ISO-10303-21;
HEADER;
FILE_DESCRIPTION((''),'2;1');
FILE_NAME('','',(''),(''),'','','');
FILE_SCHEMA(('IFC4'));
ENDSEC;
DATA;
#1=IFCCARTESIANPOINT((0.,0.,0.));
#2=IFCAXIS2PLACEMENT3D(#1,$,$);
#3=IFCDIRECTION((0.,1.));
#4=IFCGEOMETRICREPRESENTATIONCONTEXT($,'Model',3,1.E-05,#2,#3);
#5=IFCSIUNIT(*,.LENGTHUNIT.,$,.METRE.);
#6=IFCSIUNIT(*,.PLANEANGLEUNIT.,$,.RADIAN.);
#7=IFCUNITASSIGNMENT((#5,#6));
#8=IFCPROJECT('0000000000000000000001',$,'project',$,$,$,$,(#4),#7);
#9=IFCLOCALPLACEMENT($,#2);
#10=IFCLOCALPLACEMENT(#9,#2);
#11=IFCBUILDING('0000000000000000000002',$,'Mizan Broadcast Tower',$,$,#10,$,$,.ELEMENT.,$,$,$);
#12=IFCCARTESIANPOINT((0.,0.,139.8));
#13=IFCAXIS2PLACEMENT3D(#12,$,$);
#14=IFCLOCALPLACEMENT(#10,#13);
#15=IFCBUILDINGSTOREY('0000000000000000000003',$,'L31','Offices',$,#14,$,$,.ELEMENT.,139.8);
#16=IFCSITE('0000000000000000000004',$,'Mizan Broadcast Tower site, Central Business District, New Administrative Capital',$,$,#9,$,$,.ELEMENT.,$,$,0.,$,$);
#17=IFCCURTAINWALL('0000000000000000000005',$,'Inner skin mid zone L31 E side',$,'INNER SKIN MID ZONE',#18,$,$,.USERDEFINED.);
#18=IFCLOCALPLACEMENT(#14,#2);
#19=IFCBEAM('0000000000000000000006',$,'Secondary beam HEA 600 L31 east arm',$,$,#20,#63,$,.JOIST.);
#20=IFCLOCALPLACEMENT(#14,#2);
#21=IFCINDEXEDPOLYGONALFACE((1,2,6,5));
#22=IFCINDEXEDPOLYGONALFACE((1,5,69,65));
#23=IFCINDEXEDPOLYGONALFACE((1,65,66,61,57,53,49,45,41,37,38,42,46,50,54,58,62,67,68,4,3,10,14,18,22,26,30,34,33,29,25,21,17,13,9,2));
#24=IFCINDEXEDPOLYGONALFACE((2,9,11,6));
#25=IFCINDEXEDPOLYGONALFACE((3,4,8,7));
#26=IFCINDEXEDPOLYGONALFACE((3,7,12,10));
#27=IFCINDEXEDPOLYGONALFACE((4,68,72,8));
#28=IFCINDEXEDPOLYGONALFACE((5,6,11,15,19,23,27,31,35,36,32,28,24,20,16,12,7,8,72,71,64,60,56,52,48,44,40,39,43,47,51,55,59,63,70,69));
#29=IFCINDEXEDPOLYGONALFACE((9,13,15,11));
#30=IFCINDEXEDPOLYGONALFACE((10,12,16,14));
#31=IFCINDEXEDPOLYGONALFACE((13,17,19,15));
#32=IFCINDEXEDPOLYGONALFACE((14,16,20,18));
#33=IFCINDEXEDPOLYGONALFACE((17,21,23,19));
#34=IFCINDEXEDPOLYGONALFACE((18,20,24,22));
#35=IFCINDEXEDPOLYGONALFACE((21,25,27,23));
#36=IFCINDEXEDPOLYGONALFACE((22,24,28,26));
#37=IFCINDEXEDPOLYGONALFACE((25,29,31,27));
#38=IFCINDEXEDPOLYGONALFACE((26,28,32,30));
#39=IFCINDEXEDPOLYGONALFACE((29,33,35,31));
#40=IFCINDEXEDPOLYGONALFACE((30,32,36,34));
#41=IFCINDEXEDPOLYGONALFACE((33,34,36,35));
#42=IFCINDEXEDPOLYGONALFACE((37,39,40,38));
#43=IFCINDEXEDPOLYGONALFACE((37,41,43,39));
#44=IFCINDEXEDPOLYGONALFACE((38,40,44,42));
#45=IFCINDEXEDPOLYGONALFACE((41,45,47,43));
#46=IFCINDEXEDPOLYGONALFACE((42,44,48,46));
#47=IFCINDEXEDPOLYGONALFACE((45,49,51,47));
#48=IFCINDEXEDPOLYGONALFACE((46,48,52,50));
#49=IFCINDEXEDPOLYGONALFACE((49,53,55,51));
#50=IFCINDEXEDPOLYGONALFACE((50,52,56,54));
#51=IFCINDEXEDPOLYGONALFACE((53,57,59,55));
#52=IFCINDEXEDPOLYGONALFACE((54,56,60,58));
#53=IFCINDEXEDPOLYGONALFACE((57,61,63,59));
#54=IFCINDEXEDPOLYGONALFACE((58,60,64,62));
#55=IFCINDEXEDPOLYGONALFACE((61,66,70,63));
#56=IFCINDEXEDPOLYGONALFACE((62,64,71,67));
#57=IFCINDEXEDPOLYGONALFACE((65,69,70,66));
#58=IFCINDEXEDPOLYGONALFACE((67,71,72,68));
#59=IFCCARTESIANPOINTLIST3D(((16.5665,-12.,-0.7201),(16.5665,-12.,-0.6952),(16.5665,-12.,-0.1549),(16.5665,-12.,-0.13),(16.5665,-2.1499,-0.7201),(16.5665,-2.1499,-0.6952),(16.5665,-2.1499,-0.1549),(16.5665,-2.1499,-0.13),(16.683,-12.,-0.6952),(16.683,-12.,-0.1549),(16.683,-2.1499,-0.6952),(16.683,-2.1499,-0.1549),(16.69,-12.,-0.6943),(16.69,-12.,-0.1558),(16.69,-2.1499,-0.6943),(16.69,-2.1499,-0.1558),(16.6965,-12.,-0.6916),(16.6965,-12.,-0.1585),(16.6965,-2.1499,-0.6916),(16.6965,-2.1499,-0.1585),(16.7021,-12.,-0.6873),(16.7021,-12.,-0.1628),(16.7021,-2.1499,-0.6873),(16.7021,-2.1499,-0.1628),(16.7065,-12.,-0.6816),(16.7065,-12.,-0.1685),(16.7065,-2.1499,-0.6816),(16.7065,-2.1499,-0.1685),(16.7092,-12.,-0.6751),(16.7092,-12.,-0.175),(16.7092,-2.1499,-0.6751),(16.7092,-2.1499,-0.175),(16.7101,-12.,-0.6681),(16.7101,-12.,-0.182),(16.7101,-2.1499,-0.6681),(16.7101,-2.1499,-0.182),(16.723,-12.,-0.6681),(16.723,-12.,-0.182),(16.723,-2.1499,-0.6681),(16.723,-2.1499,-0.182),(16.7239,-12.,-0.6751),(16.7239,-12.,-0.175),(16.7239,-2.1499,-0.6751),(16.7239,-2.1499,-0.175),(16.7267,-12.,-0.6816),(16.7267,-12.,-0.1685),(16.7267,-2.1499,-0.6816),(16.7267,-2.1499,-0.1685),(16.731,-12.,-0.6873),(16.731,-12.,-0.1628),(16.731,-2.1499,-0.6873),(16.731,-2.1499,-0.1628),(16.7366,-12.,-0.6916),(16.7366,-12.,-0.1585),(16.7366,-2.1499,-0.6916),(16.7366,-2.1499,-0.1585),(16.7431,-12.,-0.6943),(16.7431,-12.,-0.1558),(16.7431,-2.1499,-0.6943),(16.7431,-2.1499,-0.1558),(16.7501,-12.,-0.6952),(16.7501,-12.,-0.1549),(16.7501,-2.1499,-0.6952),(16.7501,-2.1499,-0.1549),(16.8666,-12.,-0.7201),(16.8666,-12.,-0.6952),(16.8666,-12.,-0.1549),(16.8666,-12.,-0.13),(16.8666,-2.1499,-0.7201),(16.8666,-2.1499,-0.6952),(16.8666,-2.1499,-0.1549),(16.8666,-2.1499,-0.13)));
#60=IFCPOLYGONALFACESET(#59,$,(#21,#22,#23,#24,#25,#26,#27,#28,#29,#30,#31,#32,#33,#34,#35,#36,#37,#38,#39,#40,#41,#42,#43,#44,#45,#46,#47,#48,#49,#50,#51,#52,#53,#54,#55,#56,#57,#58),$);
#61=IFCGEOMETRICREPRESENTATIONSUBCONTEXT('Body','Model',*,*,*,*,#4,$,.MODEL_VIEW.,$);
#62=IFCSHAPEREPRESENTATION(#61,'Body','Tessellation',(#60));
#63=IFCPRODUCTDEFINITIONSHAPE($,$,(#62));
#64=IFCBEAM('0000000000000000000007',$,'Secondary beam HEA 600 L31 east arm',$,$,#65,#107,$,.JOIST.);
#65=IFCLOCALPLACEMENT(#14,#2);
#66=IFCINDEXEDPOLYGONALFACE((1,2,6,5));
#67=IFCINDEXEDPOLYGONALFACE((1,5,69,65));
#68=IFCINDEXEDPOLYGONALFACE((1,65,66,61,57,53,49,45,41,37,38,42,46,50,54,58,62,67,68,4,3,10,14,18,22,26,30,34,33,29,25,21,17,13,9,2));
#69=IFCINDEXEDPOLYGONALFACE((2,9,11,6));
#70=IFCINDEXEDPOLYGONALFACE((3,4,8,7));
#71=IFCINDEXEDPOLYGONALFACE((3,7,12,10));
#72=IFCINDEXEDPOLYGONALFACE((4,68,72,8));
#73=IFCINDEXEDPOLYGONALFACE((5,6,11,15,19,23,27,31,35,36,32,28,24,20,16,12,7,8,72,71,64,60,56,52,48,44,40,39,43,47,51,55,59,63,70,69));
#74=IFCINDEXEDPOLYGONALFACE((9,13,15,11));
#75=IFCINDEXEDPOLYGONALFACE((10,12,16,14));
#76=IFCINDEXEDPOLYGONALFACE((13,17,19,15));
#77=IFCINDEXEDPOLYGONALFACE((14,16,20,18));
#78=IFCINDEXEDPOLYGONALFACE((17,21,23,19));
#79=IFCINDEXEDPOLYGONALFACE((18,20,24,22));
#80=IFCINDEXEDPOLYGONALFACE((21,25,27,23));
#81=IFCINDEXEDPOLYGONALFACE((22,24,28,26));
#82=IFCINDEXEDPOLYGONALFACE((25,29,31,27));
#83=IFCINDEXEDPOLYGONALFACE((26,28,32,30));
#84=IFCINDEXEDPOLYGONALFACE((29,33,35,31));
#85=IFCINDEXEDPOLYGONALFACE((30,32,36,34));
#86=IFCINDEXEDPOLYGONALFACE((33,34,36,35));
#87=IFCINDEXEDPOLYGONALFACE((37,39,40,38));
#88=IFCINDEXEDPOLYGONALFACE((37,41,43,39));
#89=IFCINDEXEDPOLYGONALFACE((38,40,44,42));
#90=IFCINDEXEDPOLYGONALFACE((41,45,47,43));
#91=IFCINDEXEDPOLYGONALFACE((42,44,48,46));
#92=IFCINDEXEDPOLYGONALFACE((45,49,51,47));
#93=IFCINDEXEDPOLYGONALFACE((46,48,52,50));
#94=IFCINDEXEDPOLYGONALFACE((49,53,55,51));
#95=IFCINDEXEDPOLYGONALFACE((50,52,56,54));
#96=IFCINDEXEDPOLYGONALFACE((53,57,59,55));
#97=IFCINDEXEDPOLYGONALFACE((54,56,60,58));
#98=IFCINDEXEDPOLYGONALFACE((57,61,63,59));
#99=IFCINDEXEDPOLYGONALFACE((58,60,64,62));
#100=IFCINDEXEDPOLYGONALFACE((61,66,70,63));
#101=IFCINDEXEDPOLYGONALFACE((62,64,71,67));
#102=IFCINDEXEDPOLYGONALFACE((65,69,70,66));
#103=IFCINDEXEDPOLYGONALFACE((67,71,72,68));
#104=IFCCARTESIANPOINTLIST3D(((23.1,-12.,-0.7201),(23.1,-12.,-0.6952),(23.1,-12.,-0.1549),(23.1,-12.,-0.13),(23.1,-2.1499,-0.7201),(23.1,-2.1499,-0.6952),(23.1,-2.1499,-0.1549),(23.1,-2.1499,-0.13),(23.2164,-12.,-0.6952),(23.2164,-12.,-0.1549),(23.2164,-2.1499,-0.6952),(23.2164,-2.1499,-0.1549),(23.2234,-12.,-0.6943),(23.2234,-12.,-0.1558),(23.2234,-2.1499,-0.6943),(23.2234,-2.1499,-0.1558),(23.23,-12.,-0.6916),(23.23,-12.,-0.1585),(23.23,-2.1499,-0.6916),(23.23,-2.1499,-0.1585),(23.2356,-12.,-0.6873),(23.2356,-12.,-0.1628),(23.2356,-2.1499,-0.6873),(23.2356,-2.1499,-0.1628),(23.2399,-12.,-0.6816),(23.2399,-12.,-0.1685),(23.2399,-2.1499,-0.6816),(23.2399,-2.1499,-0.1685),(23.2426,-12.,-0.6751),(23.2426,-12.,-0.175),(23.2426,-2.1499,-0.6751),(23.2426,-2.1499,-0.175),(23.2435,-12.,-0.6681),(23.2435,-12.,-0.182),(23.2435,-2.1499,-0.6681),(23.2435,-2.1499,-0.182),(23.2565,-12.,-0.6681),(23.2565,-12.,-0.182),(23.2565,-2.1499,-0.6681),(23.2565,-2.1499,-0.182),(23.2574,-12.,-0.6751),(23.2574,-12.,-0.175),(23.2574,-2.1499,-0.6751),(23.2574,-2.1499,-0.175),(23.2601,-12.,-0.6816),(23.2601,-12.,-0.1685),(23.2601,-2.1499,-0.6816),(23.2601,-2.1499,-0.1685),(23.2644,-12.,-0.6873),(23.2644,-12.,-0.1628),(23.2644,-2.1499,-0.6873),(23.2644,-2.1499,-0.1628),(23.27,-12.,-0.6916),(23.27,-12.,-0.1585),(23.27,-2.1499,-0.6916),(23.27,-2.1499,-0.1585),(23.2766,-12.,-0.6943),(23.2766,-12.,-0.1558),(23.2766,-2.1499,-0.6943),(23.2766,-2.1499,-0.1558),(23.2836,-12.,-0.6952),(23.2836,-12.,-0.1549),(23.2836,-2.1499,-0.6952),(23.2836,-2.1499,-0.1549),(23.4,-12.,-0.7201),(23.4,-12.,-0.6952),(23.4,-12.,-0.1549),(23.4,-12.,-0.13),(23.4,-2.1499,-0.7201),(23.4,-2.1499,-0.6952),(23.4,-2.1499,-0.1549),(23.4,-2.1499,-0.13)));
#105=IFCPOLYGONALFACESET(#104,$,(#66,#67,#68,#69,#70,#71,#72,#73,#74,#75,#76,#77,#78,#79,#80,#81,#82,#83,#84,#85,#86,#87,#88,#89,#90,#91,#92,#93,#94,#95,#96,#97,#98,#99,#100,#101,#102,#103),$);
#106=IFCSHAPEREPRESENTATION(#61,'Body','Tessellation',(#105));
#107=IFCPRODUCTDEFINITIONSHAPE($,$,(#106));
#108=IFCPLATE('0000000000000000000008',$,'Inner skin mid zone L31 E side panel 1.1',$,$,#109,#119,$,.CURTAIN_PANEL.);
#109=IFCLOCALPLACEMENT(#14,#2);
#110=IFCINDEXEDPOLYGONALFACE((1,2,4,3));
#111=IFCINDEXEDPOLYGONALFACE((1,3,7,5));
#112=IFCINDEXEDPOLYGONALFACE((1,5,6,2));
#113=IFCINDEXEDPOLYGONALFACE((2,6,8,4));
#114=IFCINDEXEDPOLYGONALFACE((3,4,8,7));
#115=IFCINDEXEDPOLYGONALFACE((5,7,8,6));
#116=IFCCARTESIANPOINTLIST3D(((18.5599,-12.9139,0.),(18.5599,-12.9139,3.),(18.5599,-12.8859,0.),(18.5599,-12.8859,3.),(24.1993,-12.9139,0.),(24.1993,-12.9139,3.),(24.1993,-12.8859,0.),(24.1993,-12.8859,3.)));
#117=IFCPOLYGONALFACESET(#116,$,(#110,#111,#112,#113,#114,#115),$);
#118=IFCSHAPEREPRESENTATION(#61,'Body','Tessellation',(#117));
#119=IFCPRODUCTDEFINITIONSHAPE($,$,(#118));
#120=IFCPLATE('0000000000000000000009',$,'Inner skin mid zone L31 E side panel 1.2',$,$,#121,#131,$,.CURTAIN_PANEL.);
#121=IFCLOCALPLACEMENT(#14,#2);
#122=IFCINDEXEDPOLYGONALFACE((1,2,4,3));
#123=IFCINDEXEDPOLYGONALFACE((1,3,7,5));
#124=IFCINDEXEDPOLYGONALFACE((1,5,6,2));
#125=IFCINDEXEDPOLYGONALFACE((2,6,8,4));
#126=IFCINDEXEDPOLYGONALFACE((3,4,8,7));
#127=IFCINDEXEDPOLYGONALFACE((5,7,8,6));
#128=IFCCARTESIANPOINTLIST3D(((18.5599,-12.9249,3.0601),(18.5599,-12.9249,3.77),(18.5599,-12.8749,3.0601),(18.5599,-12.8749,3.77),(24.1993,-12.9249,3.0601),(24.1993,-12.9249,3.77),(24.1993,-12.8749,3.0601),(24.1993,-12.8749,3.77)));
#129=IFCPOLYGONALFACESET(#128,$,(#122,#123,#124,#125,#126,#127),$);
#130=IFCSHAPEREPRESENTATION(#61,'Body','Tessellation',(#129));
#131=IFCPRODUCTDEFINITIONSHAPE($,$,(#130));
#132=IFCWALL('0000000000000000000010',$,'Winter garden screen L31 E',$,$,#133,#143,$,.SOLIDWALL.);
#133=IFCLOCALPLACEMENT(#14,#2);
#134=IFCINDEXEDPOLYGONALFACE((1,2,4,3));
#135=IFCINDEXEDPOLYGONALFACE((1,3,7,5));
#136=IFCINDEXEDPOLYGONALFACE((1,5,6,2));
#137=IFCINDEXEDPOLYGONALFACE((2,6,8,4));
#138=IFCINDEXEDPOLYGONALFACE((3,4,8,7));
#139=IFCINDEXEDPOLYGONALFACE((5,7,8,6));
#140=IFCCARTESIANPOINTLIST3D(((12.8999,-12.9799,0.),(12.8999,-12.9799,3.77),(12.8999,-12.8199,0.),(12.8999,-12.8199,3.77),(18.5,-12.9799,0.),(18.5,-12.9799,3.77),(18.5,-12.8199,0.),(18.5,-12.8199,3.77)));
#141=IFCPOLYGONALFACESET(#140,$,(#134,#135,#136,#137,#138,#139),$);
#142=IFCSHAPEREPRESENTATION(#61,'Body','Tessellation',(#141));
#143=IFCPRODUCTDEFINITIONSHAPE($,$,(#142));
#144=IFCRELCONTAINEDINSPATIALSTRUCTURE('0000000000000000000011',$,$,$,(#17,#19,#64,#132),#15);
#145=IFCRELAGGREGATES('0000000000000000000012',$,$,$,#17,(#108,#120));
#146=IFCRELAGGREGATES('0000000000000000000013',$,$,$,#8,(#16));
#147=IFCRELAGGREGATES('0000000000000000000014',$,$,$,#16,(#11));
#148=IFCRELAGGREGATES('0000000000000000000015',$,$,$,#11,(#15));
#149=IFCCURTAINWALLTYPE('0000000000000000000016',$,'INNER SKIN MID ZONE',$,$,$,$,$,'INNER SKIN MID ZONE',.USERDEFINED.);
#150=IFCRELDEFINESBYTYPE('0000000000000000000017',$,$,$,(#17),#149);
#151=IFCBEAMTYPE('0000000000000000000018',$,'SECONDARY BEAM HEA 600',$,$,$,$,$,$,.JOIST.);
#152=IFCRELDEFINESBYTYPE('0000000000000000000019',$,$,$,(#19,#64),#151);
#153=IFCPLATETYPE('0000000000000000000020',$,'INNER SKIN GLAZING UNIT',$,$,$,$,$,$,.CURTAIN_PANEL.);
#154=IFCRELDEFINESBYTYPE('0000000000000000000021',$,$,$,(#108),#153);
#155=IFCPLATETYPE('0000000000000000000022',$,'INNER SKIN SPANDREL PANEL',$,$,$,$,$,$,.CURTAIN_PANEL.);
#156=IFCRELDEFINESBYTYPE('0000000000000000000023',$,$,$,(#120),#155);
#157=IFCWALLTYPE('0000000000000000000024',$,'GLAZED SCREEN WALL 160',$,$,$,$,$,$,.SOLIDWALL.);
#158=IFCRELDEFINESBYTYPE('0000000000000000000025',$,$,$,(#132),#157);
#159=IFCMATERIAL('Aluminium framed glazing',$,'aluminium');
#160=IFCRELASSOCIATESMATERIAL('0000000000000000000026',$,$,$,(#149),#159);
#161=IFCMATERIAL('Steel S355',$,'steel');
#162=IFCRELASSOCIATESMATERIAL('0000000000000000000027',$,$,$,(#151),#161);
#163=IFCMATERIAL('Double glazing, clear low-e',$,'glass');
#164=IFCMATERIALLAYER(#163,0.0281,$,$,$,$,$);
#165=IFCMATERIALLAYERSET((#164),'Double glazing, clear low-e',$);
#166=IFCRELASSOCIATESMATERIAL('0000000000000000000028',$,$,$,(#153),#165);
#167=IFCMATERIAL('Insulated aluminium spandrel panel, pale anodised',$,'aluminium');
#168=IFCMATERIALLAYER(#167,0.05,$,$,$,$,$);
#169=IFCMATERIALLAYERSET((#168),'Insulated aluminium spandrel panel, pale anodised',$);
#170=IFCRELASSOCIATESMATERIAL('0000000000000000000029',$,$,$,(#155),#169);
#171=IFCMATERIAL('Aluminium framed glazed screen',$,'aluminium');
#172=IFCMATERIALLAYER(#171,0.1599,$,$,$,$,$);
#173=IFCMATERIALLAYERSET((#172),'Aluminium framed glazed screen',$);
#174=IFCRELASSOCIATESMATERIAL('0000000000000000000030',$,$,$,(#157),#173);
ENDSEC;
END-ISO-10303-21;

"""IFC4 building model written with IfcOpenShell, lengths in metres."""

from ifc_helpers import new_model, si_unit, direction, frame, frame_2d, origin, origin_2d, place, context, subcontext, project, spatial, rectangle, i_section, extrude, material, layer, layer_set, material_profile, profile_set, type_object, element, aggregate, save


model = new_model("IFC4")

# Units and contexts
model_context = context("Model", 3, precision=1e-05, world=origin(), true_north=direction((0.0, 1.0)))
body_context = subcontext(model_context, "Body", "Model", "MODEL_VIEW")
ifc_project = project(units=[si_unit("LENGTHUNIT", "METRE"), si_unit("PLANEANGLEUNIT", "RADIAN")], contexts=[model_context])

# Site, building, storey
site_placement = place(None, origin())
site = spatial("IfcSite", under=ifc_project, at=site_placement, Name="Mizan Broadcast Tower site, Central Business District, New Administrative Capital", CompositionType="ELEMENT", RefElevation=0.0)
building_placement = place(site_placement, origin())
building = spatial("IfcBuilding", under=site, at=building_placement, Name="Mizan Broadcast Tower", CompositionType="ELEMENT")
storey_placement = place(building_placement, frame((0.0, 0.0, 139.8)))
storey = spatial("IfcBuildingStorey", under=building, at=storey_placement, Name="L31", Description="Offices", CompositionType="ELEMENT", Elevation=139.8)

# Curtain wall
ifc_material_1 = material(Name="Aluminium framed glazing", Category="aluminium")
curtain_wall_type = type_object("IfcCurtainWallType", Name="INNER SKIN MID ZONE", ElementType="INNER SKIN MID ZONE", PredefinedType="USERDEFINED", material=ifc_material_1)
curtain_wall_placement = place(storey_placement, origin())
curtain_wall = element("IfcCurtainWall", 1, at=curtain_wall_placement, inside=storey, type_object=curtain_wall_type, Name="Inner skin mid zone L31 E side", ObjectType="INNER SKIN MID ZONE", PredefinedType="USERDEFINED")

# Beams
ifc_material_2 = material(Name="Steel S355", Category="steel")
ifc_material_profile_1 = material_profile(ifc_material_2, i_section(OverallWidth=0.3, OverallDepth=0.5901, WebThickness=0.0129, FlangeThickness=0.0249, FilletRadius=0.0271, at=origin_2d()), Name="HEA 600")
ifc_profile_set_1 = profile_set([ifc_material_profile_1], Name="Steel S355")
beam_type_1 = type_object("IfcBeamType", Name="SECONDARY BEAM HEA 600", PredefinedType="JOIST", material=ifc_profile_set_1)
for number, where, z_axis, x_axis, name in (
    (2, (16.7166, -12.0, -0.425), (0.0, 1.0, 0.0), (-1.0, 0.0, 0.0), "Secondary beam HEA 600 L31 east arm"),
    (3, (23.25, -12.0, -0.425), (0.0, 1.0, 0.0), (-1.0, 0.0, 0.0), "Secondary beam HEA 600 L31 east arm"),
):
    element("IfcBeam", number, at=place(storey_placement, frame(where, z_axis=z_axis, x_axis=x_axis)), inside=storey, type_object=beam_type_1, Name=name, PredefinedType="JOIST", context=body_context, shape_type="SweptSolid", body=[
        extrude(i_section(OverallWidth=0.3, OverallDepth=0.5901, WebThickness=0.0129, FlangeThickness=0.0249, FilletRadius=0.0271, at=origin_2d()), origin(), (0.0, 0.0, 1.0), 9.8501),
    ])

# Plates
ifc_material_3 = material(Name="Double glazing, clear low-e", Category="glass")
ifc_layer_1 = layer(ifc_material_3, 0.0281)
ifc_layer_set_1 = layer_set([ifc_layer_1], Name="Double glazing, clear low-e")
plate_type_1 = type_object("IfcPlateType", Name="INNER SKIN GLAZING UNIT", PredefinedType="CURTAIN_PANEL", material=ifc_layer_set_1)
plate_1_placement = place(storey_placement, frame((21.3796, -12.8999, 0.0), z_axis=(0.0, 0.0, 1.0), x_axis=(1.0, 0.0, 0.0)))
plate_1 = element("IfcPlate", 4, at=plate_1_placement, type_object=plate_type_1, Name="Inner skin mid zone L31 E side panel 1.1", PredefinedType="CURTAIN_PANEL", context=body_context, shape_type="SweptSolid", body=[
    extrude(rectangle(XDim=5.6394, YDim=0.0281, at=origin_2d()), origin(), (0.0, 0.0, 1.0), 3.0),
])
ifc_material_4 = material(Name="Insulated aluminium spandrel panel, pale anodised", Category="aluminium")
ifc_layer_2 = layer(ifc_material_4, 0.05)
ifc_layer_set_2 = layer_set([ifc_layer_2], Name="Insulated aluminium spandrel panel, pale anodised")
plate_type_2 = type_object("IfcPlateType", Name="INNER SKIN SPANDREL PANEL", PredefinedType="CURTAIN_PANEL", material=ifc_layer_set_2)
plate_2_placement = place(storey_placement, frame((21.3796, -12.8999, 3.0601), z_axis=(0.0, 0.0, 1.0), x_axis=(1.0, 0.0, 0.0)))
plate_2 = element("IfcPlate", 5, at=plate_2_placement, type_object=plate_type_2, Name="Inner skin mid zone L31 E side panel 1.2", PredefinedType="CURTAIN_PANEL", context=body_context, shape_type="SweptSolid", body=[
    extrude(rectangle(XDim=5.6394, YDim=0.05, at=origin_2d()), origin(), (0.0, 0.0, 1.0), 0.71),
])
aggregate(curtain_wall, [plate_1, plate_2])

# Wall
ifc_material_5 = material(Name="Aluminium framed glazed screen", Category="aluminium")
ifc_layer_3 = layer(ifc_material_5, 0.1599)
ifc_layer_set_3 = layer_set([ifc_layer_3], Name="Aluminium framed glazed screen")
wall_type_1 = type_object("IfcWallType", Name="GLAZED SCREEN WALL 160", PredefinedType="SOLIDWALL", material=ifc_layer_set_3)
wall_1_placement = place(storey_placement, frame((12.8999, -12.8999, 0.0), z_axis=(0.0, 0.0, 1.0), x_axis=(1.0, 0.0, 0.0)))
element("IfcWall", 6, at=wall_1_placement, inside=storey, type_object=wall_type_1, Name="Winter garden screen L31 E", PredefinedType="SOLIDWALL", context=body_context, shape_type="SweptSolid", body=[
    extrude(rectangle(XDim=5.6001, YDim=0.1599, at=frame_2d((2.8, 0.0))), origin(), (0.0, 0.0, 1.0), 3.77),
])

save(model, "model.ifc")
